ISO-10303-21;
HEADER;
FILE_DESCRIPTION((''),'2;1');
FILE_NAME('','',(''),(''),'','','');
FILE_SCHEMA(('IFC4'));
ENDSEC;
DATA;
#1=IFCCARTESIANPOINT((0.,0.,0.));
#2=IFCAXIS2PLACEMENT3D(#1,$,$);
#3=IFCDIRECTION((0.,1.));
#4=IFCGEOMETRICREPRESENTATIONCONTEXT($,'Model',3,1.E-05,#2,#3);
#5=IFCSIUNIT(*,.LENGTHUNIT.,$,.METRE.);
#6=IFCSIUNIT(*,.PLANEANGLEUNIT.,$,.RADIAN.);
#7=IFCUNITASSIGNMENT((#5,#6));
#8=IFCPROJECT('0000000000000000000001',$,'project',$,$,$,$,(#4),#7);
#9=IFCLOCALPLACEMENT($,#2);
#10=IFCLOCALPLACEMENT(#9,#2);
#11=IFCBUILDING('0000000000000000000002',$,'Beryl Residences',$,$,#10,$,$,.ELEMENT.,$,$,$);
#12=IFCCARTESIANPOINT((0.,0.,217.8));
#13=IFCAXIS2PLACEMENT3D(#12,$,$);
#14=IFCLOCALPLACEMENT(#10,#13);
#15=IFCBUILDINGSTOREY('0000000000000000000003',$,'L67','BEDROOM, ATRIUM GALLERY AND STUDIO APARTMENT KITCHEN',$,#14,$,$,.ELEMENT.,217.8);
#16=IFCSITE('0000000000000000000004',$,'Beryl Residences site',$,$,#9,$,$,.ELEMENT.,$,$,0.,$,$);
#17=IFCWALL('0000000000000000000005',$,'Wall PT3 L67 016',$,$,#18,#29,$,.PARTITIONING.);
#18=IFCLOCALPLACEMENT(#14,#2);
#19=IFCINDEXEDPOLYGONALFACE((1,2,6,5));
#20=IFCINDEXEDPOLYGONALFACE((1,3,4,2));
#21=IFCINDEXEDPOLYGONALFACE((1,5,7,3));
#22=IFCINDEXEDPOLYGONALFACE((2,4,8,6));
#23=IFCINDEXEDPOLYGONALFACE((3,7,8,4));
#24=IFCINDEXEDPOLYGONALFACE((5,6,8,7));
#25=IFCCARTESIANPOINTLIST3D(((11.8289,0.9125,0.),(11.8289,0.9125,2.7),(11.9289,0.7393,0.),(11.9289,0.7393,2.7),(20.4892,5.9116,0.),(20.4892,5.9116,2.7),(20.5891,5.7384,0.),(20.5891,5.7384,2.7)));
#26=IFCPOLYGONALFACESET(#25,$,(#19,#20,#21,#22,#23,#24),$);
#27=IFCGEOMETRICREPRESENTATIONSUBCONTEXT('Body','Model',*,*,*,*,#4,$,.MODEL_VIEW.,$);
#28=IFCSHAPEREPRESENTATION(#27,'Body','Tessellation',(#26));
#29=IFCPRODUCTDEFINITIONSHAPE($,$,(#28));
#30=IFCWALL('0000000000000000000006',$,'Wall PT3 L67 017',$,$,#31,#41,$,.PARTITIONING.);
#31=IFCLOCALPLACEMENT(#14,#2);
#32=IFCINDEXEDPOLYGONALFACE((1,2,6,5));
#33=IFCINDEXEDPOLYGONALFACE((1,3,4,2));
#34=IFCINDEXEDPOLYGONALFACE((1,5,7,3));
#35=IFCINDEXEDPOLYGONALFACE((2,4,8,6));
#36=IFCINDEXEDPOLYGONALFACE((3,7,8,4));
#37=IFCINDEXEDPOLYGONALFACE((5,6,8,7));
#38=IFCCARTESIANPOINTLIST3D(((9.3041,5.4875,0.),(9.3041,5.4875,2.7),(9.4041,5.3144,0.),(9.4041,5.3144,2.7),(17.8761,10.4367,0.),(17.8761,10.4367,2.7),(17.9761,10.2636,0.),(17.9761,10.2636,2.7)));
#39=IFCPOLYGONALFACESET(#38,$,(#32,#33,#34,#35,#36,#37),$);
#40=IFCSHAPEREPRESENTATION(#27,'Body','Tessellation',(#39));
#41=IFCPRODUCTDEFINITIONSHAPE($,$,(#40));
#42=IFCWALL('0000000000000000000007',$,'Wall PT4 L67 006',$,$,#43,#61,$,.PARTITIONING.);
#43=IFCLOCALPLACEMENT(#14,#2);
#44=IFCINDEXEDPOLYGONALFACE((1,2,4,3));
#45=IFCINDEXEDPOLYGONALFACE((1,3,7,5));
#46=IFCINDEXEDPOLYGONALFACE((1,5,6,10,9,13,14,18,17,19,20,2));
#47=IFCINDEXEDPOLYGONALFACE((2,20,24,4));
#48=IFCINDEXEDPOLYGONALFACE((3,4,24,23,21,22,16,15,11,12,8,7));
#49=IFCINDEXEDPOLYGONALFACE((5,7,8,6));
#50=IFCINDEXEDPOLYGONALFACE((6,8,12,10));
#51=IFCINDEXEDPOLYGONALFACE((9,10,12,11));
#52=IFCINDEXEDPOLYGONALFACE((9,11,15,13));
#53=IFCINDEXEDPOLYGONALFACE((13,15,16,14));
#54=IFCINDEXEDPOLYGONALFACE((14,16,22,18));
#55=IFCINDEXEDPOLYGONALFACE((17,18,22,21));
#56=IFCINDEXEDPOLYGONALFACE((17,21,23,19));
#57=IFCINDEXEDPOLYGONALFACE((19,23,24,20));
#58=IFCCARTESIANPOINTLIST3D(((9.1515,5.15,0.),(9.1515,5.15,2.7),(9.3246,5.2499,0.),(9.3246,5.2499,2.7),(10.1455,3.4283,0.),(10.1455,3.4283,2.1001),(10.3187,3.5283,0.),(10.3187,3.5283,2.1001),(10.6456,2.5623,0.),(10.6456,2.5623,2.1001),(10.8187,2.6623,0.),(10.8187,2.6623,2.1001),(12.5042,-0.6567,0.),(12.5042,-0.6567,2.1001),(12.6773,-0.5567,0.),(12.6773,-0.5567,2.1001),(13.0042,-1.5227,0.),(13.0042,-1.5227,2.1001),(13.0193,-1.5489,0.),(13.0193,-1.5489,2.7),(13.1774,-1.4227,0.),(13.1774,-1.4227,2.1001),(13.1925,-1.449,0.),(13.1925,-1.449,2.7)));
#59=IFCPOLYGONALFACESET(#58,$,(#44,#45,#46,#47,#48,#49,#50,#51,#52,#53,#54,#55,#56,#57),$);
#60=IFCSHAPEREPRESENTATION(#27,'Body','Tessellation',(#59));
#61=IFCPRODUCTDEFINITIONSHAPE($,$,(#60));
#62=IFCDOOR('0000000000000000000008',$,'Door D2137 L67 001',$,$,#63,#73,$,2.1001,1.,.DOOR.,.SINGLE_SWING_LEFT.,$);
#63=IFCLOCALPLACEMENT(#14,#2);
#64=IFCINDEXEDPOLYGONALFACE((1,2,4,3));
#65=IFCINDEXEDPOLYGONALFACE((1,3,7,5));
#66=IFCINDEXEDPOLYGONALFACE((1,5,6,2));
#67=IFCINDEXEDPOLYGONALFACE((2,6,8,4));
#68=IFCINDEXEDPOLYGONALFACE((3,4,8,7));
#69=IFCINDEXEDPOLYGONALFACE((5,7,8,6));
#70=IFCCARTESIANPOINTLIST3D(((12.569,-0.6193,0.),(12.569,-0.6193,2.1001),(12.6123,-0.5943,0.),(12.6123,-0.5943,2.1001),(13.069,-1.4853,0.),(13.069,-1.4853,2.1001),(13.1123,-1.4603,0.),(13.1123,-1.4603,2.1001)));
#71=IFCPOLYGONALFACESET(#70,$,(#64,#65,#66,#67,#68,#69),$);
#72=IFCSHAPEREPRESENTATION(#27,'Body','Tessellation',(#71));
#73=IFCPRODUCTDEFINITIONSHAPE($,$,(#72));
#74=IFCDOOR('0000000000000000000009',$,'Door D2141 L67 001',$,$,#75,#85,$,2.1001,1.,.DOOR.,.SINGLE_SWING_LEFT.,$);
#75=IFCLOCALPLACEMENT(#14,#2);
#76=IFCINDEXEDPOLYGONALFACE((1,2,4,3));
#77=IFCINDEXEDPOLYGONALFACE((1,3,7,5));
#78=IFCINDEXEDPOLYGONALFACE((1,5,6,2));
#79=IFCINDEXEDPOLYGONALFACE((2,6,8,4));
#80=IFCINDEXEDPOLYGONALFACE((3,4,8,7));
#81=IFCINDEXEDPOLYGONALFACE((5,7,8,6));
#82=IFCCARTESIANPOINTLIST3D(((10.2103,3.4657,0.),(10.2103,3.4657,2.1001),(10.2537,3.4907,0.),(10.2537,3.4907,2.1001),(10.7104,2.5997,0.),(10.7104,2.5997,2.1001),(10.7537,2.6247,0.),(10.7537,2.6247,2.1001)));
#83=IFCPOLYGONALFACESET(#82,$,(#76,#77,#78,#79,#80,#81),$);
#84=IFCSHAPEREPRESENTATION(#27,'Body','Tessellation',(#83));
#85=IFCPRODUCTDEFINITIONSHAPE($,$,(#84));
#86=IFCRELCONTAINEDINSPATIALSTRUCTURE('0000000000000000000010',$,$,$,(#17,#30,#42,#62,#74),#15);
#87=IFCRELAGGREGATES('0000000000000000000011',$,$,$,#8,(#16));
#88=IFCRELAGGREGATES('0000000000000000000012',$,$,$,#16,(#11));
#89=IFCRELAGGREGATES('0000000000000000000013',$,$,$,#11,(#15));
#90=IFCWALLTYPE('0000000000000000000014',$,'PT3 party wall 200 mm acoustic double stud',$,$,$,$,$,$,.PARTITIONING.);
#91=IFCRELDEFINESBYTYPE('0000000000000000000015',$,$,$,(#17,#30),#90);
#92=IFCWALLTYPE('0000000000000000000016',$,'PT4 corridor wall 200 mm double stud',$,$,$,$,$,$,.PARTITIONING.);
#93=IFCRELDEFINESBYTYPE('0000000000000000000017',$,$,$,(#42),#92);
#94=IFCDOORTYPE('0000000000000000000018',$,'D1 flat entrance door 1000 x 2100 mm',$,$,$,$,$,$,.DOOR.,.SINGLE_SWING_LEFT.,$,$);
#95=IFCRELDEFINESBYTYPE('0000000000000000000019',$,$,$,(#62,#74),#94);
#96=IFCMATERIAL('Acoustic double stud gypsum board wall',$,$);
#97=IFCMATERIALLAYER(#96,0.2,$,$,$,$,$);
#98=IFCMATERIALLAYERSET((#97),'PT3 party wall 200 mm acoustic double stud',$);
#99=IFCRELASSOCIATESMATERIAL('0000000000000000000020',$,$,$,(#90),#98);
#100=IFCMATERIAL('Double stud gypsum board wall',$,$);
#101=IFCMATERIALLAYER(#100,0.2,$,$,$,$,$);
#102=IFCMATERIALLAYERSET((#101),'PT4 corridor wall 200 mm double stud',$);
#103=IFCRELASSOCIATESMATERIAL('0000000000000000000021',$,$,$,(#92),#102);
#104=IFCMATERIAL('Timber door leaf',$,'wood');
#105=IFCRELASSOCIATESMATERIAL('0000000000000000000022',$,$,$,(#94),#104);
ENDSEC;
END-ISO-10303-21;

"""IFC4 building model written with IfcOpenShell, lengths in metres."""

from ifc_helpers import new_model, si_unit, direction, frame, frame_2d, origin, place, context, subcontext, project, spatial, rectangle, extrude, material, layer, layer_set, type_object, element, fill, save


model = new_model("IFC4")

# Units and contexts
model_context = context("Model", 3, precision=1e-05, world=origin(), true_north=direction((0.0, 1.0)))
body_context = subcontext(model_context, "Body", "Model", "MODEL_VIEW")
ifc_project = project(units=[si_unit("LENGTHUNIT", "METRE"), si_unit("PLANEANGLEUNIT", "RADIAN")], contexts=[model_context])

# Site, building, storey
site_placement = place(None, origin())
site = spatial("IfcSite", under=ifc_project, at=site_placement, Name="Beryl Residences site", CompositionType="ELEMENT", RefElevation=0.0)
building_placement = place(site_placement, origin())
building = spatial("IfcBuilding", under=site, at=building_placement, Name="Beryl Residences", CompositionType="ELEMENT")
storey_placement = place(building_placement, frame((0.0, 0.0, 217.8)))
storey = spatial("IfcBuildingStorey", under=building, at=storey_placement, Name="L67", Description="BEDROOM, ATRIUM GALLERY AND STUDIO APARTMENT KITCHEN", CompositionType="ELEMENT", Elevation=217.8)

# Walls
ifc_material_1 = material(Name="Acoustic double stud gypsum board wall")
ifc_layer_1 = layer(ifc_material_1, 0.2)
ifc_layer_set_1 = layer_set([ifc_layer_1], Name="PT3 party wall 200 mm acoustic double stud")
wall_type_1 = type_object("IfcWallType", Name="PT3 party wall 200 mm acoustic double stud", PredefinedType="PARTITIONING", material=ifc_layer_set_1)
wall_1_placement = place(storey_placement, frame((11.8789, 0.8259, 0.0), z_axis=(0.0, 0.0, 1.0), x_axis=(0.866065, 0.499931, 0.0)))
element("IfcWall", 1, at=wall_1_placement, inside=storey, type_object=wall_type_1, Name="Wall PT3 L67 016", PredefinedType="PARTITIONING", context=body_context, shape_type="SweptSolid", body=[
    extrude(rectangle(XDim=9.9995, YDim=0.2, at=frame_2d((4.9998, 0.0))), origin(), (0.0, 0.0, 1.0), 2.7),
])
wall_2_placement = place(storey_placement, frame((9.354, 5.4009, 0.0), z_axis=(0.0, 0.0, 1.0), x_axis=(0.866018, 0.500012, 0.0)))
element("IfcWall", 2, at=wall_2_placement, inside=storey, type_object=wall_type_1, Name="Wall PT3 L67 017", PredefinedType="PARTITIONING", context=body_context, shape_type="SweptSolid", body=[
    extrude(rectangle(XDim=9.8982, YDim=0.2, at=frame_2d((4.9492, 0.0))), origin(), (0.0, 0.0, 1.0), 2.7),
])

# Wall, openings, doors
ifc_material_2 = material(Name="Double stud gypsum board wall")
ifc_layer_2 = layer(ifc_material_2, 0.2)
ifc_layer_set_2 = layer_set([ifc_layer_2], Name="PT4 corridor wall 200 mm double stud")
wall_type_2 = type_object("IfcWallType", Name="PT4 corridor wall 200 mm double stud", PredefinedType="PARTITIONING", material=ifc_layer_set_2)
wall_3_placement = place(storey_placement, frame((9.238, 5.2, 0.0), z_axis=(0.0, 0.0, 1.0), x_axis=(0.500026, -0.866011, 0.0)))
wall_3 = element("IfcWall", 3, at=wall_3_placement, inside=storey, type_object=wall_type_2, Name="Wall PT4 L67 006", PredefinedType="PARTITIONING", context=body_context, shape_type="SweptSolid", body=[
    extrude(rectangle(XDim=7.7354, YDim=0.2, at=frame_2d((3.8677, 0.0))), origin(), (0.0, 0.0, 1.0), 2.7),
])
opening_1_placement = place(wall_3_placement, frame((6.7051, 0.0, 0.0)))
opening_1 = element("IfcOpeningElement", 4, at=opening_1_placement, cuts=wall_3, PredefinedType="OPENING", context=body_context, shape_type="SweptSolid", body=[
    extrude(rectangle(XDim=1.0, YDim=2.1001, at=frame_2d((0.5, 1.05))), frame((0.0, 0.1099, 0.0), z_axis=(0.0, -1.0, 0.0), x_axis=(1.0, 0.0, 0.0)), (0.0, 0.0, 1.0), 0.22),
])
opening_2_placement = place(wall_3_placement, frame((1.988, 0.0, 0.0)))
opening_2 = element("IfcOpeningElement", 5, at=opening_2_placement, cuts=wall_3, PredefinedType="OPENING", context=body_context, shape_type="SweptSolid", body=[
    extrude(rectangle(XDim=1.0, YDim=2.1001, at=frame_2d((0.5, 1.05))), frame((0.0, 0.1099, 0.0), z_axis=(0.0, -1.0, 0.0), x_axis=(1.0, 0.0, 0.0)), (0.0, 0.0, 1.0), 0.22),
])
ifc_material_3 = material(Name="Timber door leaf", Category="wood")
door_type_1 = type_object("IfcDoorType", Name="D1 flat entrance door 1000 x 2100 mm", OperationType="SINGLE_SWING_LEFT", PredefinedType="DOOR", material=ifc_material_3)
door_1_placement = place(opening_1_placement, origin())
door_1 = element("IfcDoor", 6, at=door_1_placement, inside=storey, type_object=door_type_1, Name="Door D2137 L67 001", OperationType="SINGLE_SWING_LEFT", OverallHeight=2.1001, OverallWidth=1.0, PredefinedType="DOOR", context=body_context, shape_type="SweptSolid", body=[
    extrude(rectangle(XDim=1.0, YDim=2.1001, at=frame_2d((0.5, 1.05))), frame((0.0, 0.0249, 0.0), z_axis=(0.0, -1.0, 0.0), x_axis=(1.0, 0.0, 0.0)), (0.0, 0.0, 1.0), 0.05),
])
fill(opening_1, door_1)
door_2_placement = place(opening_2_placement, origin())
door_2 = element("IfcDoor", 7, at=door_2_placement, inside=storey, type_object=door_type_1, Name="Door D2141 L67 001", OperationType="SINGLE_SWING_LEFT", OverallHeight=2.1001, OverallWidth=1.0, PredefinedType="DOOR", context=body_context, shape_type="SweptSolid", body=[
    extrude(rectangle(XDim=1.0, YDim=2.1001, at=frame_2d((0.5, 1.05))), frame((0.0, 0.0249, 0.0), z_axis=(0.0, -1.0, 0.0), x_axis=(1.0, 0.0, 0.0)), (0.0, 0.0, 1.0), 0.05),
])
fill(opening_2, door_2)

save(model, "model.ifc")
